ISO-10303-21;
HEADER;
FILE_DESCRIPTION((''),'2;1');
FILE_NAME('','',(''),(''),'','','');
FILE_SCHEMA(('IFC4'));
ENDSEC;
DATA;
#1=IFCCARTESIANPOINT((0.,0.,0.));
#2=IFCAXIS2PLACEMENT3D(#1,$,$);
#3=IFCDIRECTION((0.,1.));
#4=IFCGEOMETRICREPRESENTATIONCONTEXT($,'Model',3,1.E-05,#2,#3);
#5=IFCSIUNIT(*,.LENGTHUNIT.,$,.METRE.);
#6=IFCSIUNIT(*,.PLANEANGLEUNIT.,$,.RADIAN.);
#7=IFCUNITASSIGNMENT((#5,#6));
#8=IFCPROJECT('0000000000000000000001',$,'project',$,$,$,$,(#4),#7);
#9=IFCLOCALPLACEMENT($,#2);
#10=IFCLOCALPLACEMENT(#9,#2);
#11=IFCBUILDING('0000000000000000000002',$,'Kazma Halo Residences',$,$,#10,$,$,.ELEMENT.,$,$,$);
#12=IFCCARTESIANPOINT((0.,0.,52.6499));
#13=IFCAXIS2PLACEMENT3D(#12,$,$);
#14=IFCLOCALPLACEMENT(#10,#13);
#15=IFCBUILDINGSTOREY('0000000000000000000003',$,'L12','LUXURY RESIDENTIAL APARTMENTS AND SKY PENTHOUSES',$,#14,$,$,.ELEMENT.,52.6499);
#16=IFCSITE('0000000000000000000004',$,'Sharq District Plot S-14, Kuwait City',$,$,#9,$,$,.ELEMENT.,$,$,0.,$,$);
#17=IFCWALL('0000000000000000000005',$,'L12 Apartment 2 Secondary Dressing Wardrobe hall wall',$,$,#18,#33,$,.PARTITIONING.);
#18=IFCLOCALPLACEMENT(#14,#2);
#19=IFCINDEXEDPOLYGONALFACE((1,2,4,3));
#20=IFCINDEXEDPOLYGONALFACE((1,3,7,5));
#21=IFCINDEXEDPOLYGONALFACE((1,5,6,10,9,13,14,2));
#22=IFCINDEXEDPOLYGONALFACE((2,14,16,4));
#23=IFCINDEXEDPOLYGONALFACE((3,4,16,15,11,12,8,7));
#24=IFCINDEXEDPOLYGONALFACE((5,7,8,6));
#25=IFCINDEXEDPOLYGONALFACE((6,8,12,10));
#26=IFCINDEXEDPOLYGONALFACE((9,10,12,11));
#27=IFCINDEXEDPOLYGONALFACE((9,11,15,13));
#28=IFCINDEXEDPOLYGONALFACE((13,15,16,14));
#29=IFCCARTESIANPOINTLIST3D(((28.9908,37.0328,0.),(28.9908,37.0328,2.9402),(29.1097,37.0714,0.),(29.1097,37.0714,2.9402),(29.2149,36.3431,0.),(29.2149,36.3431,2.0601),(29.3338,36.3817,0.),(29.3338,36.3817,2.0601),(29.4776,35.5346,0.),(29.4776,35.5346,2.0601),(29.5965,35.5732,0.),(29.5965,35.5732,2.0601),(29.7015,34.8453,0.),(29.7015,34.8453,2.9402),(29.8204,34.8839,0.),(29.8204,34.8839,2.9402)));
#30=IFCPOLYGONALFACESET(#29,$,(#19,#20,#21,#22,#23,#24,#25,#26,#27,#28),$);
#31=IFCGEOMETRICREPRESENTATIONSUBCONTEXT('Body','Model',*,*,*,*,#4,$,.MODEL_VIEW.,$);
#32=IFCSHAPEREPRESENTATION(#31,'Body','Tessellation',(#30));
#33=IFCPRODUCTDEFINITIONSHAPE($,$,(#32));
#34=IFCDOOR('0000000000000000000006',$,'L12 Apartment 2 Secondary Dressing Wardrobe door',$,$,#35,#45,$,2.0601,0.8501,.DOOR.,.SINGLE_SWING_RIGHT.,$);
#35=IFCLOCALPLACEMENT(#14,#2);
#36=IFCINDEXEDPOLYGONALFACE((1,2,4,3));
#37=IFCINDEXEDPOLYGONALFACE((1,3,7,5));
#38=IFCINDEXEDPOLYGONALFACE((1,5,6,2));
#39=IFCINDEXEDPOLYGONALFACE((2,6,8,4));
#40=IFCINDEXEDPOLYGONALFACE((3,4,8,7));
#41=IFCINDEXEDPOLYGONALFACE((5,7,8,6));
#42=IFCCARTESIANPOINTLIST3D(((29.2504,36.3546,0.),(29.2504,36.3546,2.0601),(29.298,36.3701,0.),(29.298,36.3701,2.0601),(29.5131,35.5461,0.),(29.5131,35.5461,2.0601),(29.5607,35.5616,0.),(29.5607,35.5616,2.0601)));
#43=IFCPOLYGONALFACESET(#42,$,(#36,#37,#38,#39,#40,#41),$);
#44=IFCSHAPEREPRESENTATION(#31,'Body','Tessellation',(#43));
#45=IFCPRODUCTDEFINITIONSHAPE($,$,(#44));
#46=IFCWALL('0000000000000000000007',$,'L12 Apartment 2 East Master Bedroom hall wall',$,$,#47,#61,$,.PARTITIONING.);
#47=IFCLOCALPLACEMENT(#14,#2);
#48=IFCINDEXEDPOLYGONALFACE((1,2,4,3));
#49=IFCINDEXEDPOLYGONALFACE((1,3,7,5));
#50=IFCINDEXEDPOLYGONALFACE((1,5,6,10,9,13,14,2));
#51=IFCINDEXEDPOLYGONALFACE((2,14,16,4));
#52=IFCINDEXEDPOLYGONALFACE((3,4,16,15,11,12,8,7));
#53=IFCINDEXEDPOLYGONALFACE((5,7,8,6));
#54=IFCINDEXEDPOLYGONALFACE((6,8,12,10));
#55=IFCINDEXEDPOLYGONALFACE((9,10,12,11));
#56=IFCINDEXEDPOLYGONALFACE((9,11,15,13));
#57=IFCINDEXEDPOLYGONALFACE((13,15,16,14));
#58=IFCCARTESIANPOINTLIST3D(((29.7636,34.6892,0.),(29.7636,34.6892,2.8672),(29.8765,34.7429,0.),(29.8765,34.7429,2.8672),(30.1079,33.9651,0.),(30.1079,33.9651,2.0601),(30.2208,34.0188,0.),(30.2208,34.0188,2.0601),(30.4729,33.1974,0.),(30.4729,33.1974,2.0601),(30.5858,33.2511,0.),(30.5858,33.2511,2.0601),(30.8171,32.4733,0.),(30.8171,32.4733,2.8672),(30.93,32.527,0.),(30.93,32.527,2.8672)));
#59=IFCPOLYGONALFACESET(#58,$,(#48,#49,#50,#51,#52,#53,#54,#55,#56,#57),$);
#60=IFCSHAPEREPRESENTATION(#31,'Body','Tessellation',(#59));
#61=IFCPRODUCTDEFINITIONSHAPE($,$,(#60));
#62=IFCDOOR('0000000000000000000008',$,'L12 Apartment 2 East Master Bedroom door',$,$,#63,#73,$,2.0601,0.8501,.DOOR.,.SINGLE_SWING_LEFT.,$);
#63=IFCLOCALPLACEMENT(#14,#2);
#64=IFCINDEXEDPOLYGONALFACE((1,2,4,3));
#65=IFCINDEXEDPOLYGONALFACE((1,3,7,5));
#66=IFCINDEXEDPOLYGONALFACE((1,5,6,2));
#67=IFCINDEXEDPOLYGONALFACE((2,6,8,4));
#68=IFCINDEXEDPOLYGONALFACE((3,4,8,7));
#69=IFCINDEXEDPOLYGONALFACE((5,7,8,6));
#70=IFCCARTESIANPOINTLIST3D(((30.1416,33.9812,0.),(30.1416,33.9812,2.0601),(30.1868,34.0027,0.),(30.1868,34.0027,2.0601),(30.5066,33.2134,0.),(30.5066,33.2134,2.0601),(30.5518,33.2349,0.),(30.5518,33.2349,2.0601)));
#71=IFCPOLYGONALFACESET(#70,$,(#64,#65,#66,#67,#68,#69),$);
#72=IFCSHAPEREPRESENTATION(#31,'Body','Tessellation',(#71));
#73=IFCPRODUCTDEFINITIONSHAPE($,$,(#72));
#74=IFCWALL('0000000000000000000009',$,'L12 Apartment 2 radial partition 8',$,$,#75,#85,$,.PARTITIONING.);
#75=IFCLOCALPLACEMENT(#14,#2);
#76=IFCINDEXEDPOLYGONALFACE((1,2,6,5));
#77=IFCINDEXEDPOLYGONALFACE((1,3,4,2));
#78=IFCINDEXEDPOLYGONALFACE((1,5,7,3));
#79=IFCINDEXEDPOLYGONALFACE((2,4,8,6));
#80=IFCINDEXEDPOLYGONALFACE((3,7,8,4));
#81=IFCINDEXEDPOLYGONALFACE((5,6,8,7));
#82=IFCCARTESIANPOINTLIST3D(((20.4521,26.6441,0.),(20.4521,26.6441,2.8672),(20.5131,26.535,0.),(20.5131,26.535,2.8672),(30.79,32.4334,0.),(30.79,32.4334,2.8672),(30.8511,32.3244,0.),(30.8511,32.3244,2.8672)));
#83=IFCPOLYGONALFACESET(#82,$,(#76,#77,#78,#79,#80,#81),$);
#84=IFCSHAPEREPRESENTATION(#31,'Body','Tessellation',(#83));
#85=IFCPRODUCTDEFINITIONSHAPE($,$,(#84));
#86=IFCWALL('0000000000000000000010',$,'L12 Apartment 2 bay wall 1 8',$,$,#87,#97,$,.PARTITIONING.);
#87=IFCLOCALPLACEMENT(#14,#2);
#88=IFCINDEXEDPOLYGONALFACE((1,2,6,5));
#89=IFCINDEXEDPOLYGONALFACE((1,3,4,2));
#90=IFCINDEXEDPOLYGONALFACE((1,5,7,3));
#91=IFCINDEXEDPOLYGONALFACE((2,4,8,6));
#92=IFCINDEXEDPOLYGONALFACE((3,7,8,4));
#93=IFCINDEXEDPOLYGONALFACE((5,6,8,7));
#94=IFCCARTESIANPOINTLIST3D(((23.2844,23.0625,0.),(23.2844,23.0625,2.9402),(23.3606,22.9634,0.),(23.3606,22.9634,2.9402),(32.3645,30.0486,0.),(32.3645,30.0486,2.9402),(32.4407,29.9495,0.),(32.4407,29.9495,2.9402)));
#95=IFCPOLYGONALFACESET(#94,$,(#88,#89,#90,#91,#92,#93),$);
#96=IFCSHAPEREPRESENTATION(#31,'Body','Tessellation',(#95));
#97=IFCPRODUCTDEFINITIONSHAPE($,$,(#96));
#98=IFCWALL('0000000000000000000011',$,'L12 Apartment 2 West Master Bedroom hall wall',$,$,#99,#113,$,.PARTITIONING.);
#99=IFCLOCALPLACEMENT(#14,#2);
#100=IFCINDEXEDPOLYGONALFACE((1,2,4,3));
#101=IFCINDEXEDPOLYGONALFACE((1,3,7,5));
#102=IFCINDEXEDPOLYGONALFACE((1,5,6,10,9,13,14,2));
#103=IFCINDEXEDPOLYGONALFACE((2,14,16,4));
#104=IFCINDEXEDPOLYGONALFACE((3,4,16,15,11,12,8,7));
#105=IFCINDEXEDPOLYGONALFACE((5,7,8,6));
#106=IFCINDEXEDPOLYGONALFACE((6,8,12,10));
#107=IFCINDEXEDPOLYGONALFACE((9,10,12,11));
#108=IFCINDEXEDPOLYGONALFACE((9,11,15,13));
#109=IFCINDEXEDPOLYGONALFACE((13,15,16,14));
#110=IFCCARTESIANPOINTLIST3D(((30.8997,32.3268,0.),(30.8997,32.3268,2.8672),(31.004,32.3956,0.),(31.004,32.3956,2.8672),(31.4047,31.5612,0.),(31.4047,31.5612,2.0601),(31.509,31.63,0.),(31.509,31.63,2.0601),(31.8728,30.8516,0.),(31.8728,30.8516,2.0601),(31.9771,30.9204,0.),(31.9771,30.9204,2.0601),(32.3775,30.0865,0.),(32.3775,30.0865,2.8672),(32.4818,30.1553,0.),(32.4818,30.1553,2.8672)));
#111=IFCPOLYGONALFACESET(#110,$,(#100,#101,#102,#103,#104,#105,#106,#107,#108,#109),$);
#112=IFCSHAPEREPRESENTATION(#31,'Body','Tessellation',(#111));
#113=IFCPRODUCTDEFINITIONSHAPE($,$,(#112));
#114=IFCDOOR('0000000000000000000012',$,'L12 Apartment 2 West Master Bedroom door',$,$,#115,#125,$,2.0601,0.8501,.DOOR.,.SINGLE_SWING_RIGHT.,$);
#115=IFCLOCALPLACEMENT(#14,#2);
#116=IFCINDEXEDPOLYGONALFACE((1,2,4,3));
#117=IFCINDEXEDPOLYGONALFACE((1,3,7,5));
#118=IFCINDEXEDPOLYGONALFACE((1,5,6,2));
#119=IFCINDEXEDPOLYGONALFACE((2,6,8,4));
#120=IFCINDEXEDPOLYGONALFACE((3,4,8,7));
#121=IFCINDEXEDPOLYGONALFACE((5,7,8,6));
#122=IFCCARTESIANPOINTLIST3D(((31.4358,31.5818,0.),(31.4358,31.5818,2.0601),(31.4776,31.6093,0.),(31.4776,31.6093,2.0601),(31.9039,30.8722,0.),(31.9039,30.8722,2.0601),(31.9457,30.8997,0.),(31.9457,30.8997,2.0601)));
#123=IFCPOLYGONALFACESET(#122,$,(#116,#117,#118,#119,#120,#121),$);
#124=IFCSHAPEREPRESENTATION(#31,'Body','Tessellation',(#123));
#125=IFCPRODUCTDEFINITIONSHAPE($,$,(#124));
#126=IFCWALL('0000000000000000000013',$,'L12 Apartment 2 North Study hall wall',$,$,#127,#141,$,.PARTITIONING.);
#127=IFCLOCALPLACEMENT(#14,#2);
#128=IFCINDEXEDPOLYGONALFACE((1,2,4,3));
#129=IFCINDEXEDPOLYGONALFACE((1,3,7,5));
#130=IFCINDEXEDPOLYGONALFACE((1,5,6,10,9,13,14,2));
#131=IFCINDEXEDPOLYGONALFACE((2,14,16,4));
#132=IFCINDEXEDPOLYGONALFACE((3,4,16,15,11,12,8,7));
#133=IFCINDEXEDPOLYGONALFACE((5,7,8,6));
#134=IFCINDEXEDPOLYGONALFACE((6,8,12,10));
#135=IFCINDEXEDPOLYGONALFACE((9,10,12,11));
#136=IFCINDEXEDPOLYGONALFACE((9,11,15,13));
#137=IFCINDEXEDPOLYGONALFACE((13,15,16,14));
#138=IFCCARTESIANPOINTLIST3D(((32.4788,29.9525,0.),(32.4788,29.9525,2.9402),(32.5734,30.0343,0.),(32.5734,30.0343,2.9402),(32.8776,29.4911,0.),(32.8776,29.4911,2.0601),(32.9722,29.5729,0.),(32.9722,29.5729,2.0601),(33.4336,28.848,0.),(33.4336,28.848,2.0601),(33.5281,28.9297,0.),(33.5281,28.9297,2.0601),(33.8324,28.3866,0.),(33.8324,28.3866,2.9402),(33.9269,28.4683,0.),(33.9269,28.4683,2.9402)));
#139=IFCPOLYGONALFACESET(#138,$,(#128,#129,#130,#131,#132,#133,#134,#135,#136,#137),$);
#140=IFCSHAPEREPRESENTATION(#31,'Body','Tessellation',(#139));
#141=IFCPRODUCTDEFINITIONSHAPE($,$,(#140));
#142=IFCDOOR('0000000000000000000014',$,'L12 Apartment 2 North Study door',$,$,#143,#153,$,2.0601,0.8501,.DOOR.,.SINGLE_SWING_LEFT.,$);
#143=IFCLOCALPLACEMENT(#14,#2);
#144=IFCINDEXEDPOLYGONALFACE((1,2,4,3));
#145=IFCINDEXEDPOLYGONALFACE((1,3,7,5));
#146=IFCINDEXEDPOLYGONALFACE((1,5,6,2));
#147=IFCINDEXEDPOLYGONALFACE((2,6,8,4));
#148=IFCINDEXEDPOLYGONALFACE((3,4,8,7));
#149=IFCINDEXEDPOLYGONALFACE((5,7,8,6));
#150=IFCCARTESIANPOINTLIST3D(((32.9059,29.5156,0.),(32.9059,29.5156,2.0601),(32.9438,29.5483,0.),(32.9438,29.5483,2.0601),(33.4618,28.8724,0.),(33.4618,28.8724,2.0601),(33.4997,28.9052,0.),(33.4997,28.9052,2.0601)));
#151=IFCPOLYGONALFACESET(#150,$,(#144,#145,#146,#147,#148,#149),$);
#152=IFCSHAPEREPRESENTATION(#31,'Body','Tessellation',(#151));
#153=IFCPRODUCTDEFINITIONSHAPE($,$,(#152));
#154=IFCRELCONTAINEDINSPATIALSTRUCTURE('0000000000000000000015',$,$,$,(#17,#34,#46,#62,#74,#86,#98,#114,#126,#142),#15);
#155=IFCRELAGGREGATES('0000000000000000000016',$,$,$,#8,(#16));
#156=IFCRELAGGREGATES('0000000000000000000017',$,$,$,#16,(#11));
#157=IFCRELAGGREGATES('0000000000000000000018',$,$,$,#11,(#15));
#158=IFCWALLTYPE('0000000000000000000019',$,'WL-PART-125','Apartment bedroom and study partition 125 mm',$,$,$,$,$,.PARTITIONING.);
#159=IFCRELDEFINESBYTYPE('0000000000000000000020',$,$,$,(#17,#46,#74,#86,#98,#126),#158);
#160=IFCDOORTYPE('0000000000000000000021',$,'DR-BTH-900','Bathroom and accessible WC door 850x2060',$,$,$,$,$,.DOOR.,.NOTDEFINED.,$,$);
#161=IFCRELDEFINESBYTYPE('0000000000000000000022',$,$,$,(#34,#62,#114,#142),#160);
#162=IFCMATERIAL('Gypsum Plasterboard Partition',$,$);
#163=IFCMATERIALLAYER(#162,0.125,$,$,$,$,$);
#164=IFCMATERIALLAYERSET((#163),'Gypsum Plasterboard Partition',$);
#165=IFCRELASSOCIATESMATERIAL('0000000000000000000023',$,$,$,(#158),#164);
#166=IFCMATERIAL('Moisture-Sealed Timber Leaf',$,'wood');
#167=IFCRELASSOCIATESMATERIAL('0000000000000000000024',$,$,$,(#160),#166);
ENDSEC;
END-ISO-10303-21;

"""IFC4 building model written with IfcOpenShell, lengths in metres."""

from ifc_helpers import new_model, si_unit, direction, frame, frame_2d, origin, place, context, subcontext, project, spatial, rectangle, extrude, material, layer, layer_set, type_object, element, fill, save


model = new_model("IFC4")

# Units and contexts
model_context = context("Model", 3, precision=1e-05, world=origin(), true_north=direction((0.0, 1.0)))
body_context = subcontext(model_context, "Body", "Model", "MODEL_VIEW")
ifc_project = project(units=[si_unit("LENGTHUNIT", "METRE"), si_unit("PLANEANGLEUNIT", "RADIAN")], contexts=[model_context])

# Site, building, storey
site_placement = place(None, origin())
site = spatial("IfcSite", under=ifc_project, at=site_placement, Name="Sharq District Plot S-14, Kuwait City", CompositionType="ELEMENT", RefElevation=0.0)
building_placement = place(site_placement, origin())
building = spatial("IfcBuilding", under=site, at=building_placement, Name="Kazma Halo Residences", CompositionType="ELEMENT")
storey_placement = place(building_placement, frame((0.0, 0.0, 52.6499)))
storey = spatial("IfcBuildingStorey", under=building, at=storey_placement, Name="L12", Description="LUXURY RESIDENTIAL APARTMENTS AND SKY PENTHOUSES", CompositionType="ELEMENT", Elevation=52.6499)

# Shared definitions
ifc_material_1 = material(Name="Gypsum Plasterboard Partition")
ifc_layer_1 = layer(ifc_material_1, 0.125)
ifc_layer_set_1 = layer_set([ifc_layer_1], Name="Gypsum Plasterboard Partition")
wall_type_1 = type_object("IfcWallType", Name="WL-PART-125", Description="Apartment bedroom and study partition 125 mm", PredefinedType="PARTITIONING", material=ifc_layer_set_1)

# Walls, openings, doors
wall_1_placement = place(storey_placement, frame((29.0503, 37.052, 0.0), z_axis=(0.0, 0.0, 1.0), x_axis=(0.30899, -0.951065, 0.0)))
wall_1 = element("IfcWall", 1, at=wall_1_placement, inside=storey, type_object=wall_type_1, Name="L12 Apartment 2 Secondary Dressing Wardrobe hall wall", PredefinedType="PARTITIONING", context=body_context, shape_type="SweptSolid", body=[
    extrude(rectangle(XDim=2.3, YDim=0.125, at=frame_2d((1.1499, 0.0))), origin(), (0.0, 0.0, 1.0), 2.9402),
])
opening_1_placement = place(wall_1_placement, frame((0.7251, 0.0, 0.0)))
opening_1 = element("IfcOpeningElement", 2, at=opening_1_placement, cuts=wall_1, PredefinedType="OPENING", context=body_context, shape_type="SweptSolid", body=[
    extrude(rectangle(XDim=0.8501, YDim=2.0601, at=frame_2d((0.425, 1.03))), frame((0.0, 0.0725, 0.0), z_axis=(0.0, -1.0, 0.0), x_axis=(1.0, 0.0, 0.0)), (0.0, 0.0, 1.0), 0.145),
])
ifc_material_2 = material(Name="Moisture-Sealed Timber Leaf", Category="wood")
door_type = type_object("IfcDoorType", Name="DR-BTH-900", Description="Bathroom and accessible WC door 850x2060", OperationType="NOTDEFINED", PredefinedType="DOOR", material=ifc_material_2)
door_1_placement = place(opening_1_placement, origin())
door_1 = element("IfcDoor", 3, at=door_1_placement, inside=storey, type_object=door_type, Name="L12 Apartment 2 Secondary Dressing Wardrobe door", OperationType="SINGLE_SWING_RIGHT", OverallHeight=2.0601, OverallWidth=0.8501, PredefinedType="DOOR", context=body_context, shape_type="SweptSolid", body=[
    extrude(rectangle(XDim=0.8501, YDim=2.0601, at=frame_2d((0.425, 1.03))), frame((0.0, 0.0249, 0.0), z_axis=(0.0, -1.0, 0.0), x_axis=(1.0, 0.0, 0.0)), (0.0, 0.0, 1.0), 0.05),
])
fill(opening_1, door_1)
wall_2_placement = place(storey_placement, frame((29.8201, 34.7161, 0.0), z_axis=(0.0, 0.0, 1.0), x_axis=(0.429373, -0.903127, 0.0)))
wall_2 = element("IfcWall", 4, at=wall_2_placement, inside=storey, type_object=wall_type_1, Name="L12 Apartment 2 East Master Bedroom hall wall", PredefinedType="PARTITIONING", context=body_context, shape_type="SweptSolid", body=[
    extrude(rectangle(XDim=2.4536, YDim=0.125, at=frame_2d((1.2268, 0.0))), origin(), (0.0, 0.0, 1.0), 2.8672),
])
opening_2_placement = place(wall_2_placement, frame((0.8018, 0.0, 0.0)))
opening_2 = element("IfcOpeningElement", 5, at=opening_2_placement, cuts=wall_2, PredefinedType="OPENING", context=body_context, shape_type="SweptSolid", body=[
    extrude(rectangle(XDim=0.8501, YDim=2.0601, at=frame_2d((0.425, 1.03))), frame((0.0, 0.0725, 0.0), z_axis=(0.0, -1.0, 0.0), x_axis=(1.0, 0.0, 0.0)), (0.0, 0.0, 1.0), 0.145),
])
door_2_placement = place(opening_2_placement, origin())
door_2 = element("IfcDoor", 6, at=door_2_placement, inside=storey, type_object=door_type, Name="L12 Apartment 2 East Master Bedroom door", OperationType="SINGLE_SWING_LEFT", OverallHeight=2.0601, OverallWidth=0.8501, PredefinedType="DOOR", context=body_context, shape_type="SweptSolid", body=[
    extrude(rectangle(XDim=0.8501, YDim=2.0601, at=frame_2d((0.425, 1.03))), frame((0.0, 0.0249, 0.0), z_axis=(0.0, -1.0, 0.0), x_axis=(1.0, 0.0, 0.0)), (0.0, 0.0, 1.0), 0.05),
])
fill(opening_2, door_2)

# Walls
wall_3_placement = place(storey_placement, frame((30.8206, 32.3789, 0.0), z_axis=(0.0, 0.0, 1.0), x_axis=(-0.872503, -0.488609, 0.0)))
element("IfcWall", 7, at=wall_3_placement, inside=storey, type_object=wall_type_1, Name="L12 Apartment 2 radial partition 8", PredefinedType="PARTITIONING", context=body_context, shape_type="SweptSolid", body=[
    extrude(rectangle(XDim=11.8486, YDim=0.125, at=frame_2d((5.9243, 0.0))), origin(), (0.0, 0.0, 1.0), 2.8672),
])
wall_4_placement = place(storey_placement, frame((32.4026, 29.999, 0.0), z_axis=(0.0, 0.0, 1.0), x_axis=(-0.792565, -0.609788, 0.0)))
element("IfcWall", 8, at=wall_4_placement, inside=storey, type_object=wall_type_1, Name="L12 Apartment 2 bay wall 1 8", PredefinedType="PARTITIONING", context=body_context, shape_type="SweptSolid", body=[
    extrude(rectangle(XDim=11.4565, YDim=0.125, at=frame_2d((5.7283, 0.0))), origin(), (0.0, 0.0, 1.0), 2.9402),
])

# Walls, openings, doors
wall_5_placement = place(storey_placement, frame((30.9519, 32.3611, 0.0), z_axis=(0.0, 0.0, 1.0), x_axis=(0.550642, -0.834742, 0.0)))
wall_5 = element("IfcWall", 9, at=wall_5_placement, inside=storey, type_object=wall_type_1, Name="L12 Apartment 2 West Master Bedroom hall wall", PredefinedType="PARTITIONING", context=body_context, shape_type="SweptSolid", body=[
    extrude(rectangle(XDim=2.6838, YDim=0.125, at=frame_2d((1.3418, 0.0))), origin(), (0.0, 0.0, 1.0), 2.8672),
])
opening_3_placement = place(wall_5_placement, frame((0.917, 0.0, 0.0)))
opening_3 = element("IfcOpeningElement", 10, at=opening_3_placement, cuts=wall_5, PredefinedType="OPENING", context=body_context, shape_type="SweptSolid", body=[
    extrude(rectangle(XDim=0.8501, YDim=2.0601, at=frame_2d((0.425, 1.03))), frame((0.0, 0.0725, 0.0), z_axis=(0.0, -1.0, 0.0), x_axis=(1.0, 0.0, 0.0)), (0.0, 0.0, 1.0), 0.145),
])
door_3_placement = place(opening_3_placement, origin())
door_3 = element("IfcDoor", 11, at=door_3_placement, inside=storey, type_object=door_type, Name="L12 Apartment 2 West Master Bedroom door", OperationType="SINGLE_SWING_RIGHT", OverallHeight=2.0601, OverallWidth=0.8501, PredefinedType="DOOR", context=body_context, shape_type="SweptSolid", body=[
    extrude(rectangle(XDim=0.8501, YDim=2.0601, at=frame_2d((0.425, 1.03))), frame((0.0, 0.0249, 0.0), z_axis=(0.0, -1.0, 0.0), x_axis=(1.0, 0.0, 0.0)), (0.0, 0.0, 1.0), 0.05),
])
fill(opening_3, door_3)
wall_6_placement = place(storey_placement, frame((32.5261, 29.9934, 0.0), z_axis=(0.0, 0.0, 1.0), x_axis=(0.653933, -0.756552, 0.0)))
wall_6 = element("IfcWall", 12, at=wall_6_placement, inside=storey, type_object=wall_type_1, Name="L12 Apartment 2 North Study hall wall", PredefinedType="PARTITIONING", context=body_context, shape_type="SweptSolid", body=[
    extrude(rectangle(XDim=2.0698, YDim=0.125, at=frame_2d((1.0349, 0.0))), origin(), (0.0, 0.0, 1.0), 2.9402),
])
opening_4_placement = place(wall_6_placement, frame((0.6099, 0.0, 0.0)))
opening_4 = element("IfcOpeningElement", 13, at=opening_4_placement, cuts=wall_6, PredefinedType="OPENING", context=body_context, shape_type="SweptSolid", body=[
    extrude(rectangle(XDim=0.8501, YDim=2.0601, at=frame_2d((0.425, 1.03))), frame((0.0, 0.0725, 0.0), z_axis=(0.0, -1.0, 0.0), x_axis=(1.0, 0.0, 0.0)), (0.0, 0.0, 1.0), 0.145),
])
door_4_placement = place(opening_4_placement, origin())
door_4 = element("IfcDoor", 14, at=door_4_placement, inside=storey, type_object=door_type, Name="L12 Apartment 2 North Study door", OperationType="SINGLE_SWING_LEFT", OverallHeight=2.0601, OverallWidth=0.8501, PredefinedType="DOOR", context=body_context, shape_type="SweptSolid", body=[
    extrude(rectangle(XDim=0.8501, YDim=2.0601, at=frame_2d((0.425, 1.03))), frame((0.0, 0.0249, 0.0), z_axis=(0.0, -1.0, 0.0), x_axis=(1.0, 0.0, 0.0)), (0.0, 0.0, 1.0), 0.05),
])
fill(opening_4, door_4)

save(model, "model.ifc")
